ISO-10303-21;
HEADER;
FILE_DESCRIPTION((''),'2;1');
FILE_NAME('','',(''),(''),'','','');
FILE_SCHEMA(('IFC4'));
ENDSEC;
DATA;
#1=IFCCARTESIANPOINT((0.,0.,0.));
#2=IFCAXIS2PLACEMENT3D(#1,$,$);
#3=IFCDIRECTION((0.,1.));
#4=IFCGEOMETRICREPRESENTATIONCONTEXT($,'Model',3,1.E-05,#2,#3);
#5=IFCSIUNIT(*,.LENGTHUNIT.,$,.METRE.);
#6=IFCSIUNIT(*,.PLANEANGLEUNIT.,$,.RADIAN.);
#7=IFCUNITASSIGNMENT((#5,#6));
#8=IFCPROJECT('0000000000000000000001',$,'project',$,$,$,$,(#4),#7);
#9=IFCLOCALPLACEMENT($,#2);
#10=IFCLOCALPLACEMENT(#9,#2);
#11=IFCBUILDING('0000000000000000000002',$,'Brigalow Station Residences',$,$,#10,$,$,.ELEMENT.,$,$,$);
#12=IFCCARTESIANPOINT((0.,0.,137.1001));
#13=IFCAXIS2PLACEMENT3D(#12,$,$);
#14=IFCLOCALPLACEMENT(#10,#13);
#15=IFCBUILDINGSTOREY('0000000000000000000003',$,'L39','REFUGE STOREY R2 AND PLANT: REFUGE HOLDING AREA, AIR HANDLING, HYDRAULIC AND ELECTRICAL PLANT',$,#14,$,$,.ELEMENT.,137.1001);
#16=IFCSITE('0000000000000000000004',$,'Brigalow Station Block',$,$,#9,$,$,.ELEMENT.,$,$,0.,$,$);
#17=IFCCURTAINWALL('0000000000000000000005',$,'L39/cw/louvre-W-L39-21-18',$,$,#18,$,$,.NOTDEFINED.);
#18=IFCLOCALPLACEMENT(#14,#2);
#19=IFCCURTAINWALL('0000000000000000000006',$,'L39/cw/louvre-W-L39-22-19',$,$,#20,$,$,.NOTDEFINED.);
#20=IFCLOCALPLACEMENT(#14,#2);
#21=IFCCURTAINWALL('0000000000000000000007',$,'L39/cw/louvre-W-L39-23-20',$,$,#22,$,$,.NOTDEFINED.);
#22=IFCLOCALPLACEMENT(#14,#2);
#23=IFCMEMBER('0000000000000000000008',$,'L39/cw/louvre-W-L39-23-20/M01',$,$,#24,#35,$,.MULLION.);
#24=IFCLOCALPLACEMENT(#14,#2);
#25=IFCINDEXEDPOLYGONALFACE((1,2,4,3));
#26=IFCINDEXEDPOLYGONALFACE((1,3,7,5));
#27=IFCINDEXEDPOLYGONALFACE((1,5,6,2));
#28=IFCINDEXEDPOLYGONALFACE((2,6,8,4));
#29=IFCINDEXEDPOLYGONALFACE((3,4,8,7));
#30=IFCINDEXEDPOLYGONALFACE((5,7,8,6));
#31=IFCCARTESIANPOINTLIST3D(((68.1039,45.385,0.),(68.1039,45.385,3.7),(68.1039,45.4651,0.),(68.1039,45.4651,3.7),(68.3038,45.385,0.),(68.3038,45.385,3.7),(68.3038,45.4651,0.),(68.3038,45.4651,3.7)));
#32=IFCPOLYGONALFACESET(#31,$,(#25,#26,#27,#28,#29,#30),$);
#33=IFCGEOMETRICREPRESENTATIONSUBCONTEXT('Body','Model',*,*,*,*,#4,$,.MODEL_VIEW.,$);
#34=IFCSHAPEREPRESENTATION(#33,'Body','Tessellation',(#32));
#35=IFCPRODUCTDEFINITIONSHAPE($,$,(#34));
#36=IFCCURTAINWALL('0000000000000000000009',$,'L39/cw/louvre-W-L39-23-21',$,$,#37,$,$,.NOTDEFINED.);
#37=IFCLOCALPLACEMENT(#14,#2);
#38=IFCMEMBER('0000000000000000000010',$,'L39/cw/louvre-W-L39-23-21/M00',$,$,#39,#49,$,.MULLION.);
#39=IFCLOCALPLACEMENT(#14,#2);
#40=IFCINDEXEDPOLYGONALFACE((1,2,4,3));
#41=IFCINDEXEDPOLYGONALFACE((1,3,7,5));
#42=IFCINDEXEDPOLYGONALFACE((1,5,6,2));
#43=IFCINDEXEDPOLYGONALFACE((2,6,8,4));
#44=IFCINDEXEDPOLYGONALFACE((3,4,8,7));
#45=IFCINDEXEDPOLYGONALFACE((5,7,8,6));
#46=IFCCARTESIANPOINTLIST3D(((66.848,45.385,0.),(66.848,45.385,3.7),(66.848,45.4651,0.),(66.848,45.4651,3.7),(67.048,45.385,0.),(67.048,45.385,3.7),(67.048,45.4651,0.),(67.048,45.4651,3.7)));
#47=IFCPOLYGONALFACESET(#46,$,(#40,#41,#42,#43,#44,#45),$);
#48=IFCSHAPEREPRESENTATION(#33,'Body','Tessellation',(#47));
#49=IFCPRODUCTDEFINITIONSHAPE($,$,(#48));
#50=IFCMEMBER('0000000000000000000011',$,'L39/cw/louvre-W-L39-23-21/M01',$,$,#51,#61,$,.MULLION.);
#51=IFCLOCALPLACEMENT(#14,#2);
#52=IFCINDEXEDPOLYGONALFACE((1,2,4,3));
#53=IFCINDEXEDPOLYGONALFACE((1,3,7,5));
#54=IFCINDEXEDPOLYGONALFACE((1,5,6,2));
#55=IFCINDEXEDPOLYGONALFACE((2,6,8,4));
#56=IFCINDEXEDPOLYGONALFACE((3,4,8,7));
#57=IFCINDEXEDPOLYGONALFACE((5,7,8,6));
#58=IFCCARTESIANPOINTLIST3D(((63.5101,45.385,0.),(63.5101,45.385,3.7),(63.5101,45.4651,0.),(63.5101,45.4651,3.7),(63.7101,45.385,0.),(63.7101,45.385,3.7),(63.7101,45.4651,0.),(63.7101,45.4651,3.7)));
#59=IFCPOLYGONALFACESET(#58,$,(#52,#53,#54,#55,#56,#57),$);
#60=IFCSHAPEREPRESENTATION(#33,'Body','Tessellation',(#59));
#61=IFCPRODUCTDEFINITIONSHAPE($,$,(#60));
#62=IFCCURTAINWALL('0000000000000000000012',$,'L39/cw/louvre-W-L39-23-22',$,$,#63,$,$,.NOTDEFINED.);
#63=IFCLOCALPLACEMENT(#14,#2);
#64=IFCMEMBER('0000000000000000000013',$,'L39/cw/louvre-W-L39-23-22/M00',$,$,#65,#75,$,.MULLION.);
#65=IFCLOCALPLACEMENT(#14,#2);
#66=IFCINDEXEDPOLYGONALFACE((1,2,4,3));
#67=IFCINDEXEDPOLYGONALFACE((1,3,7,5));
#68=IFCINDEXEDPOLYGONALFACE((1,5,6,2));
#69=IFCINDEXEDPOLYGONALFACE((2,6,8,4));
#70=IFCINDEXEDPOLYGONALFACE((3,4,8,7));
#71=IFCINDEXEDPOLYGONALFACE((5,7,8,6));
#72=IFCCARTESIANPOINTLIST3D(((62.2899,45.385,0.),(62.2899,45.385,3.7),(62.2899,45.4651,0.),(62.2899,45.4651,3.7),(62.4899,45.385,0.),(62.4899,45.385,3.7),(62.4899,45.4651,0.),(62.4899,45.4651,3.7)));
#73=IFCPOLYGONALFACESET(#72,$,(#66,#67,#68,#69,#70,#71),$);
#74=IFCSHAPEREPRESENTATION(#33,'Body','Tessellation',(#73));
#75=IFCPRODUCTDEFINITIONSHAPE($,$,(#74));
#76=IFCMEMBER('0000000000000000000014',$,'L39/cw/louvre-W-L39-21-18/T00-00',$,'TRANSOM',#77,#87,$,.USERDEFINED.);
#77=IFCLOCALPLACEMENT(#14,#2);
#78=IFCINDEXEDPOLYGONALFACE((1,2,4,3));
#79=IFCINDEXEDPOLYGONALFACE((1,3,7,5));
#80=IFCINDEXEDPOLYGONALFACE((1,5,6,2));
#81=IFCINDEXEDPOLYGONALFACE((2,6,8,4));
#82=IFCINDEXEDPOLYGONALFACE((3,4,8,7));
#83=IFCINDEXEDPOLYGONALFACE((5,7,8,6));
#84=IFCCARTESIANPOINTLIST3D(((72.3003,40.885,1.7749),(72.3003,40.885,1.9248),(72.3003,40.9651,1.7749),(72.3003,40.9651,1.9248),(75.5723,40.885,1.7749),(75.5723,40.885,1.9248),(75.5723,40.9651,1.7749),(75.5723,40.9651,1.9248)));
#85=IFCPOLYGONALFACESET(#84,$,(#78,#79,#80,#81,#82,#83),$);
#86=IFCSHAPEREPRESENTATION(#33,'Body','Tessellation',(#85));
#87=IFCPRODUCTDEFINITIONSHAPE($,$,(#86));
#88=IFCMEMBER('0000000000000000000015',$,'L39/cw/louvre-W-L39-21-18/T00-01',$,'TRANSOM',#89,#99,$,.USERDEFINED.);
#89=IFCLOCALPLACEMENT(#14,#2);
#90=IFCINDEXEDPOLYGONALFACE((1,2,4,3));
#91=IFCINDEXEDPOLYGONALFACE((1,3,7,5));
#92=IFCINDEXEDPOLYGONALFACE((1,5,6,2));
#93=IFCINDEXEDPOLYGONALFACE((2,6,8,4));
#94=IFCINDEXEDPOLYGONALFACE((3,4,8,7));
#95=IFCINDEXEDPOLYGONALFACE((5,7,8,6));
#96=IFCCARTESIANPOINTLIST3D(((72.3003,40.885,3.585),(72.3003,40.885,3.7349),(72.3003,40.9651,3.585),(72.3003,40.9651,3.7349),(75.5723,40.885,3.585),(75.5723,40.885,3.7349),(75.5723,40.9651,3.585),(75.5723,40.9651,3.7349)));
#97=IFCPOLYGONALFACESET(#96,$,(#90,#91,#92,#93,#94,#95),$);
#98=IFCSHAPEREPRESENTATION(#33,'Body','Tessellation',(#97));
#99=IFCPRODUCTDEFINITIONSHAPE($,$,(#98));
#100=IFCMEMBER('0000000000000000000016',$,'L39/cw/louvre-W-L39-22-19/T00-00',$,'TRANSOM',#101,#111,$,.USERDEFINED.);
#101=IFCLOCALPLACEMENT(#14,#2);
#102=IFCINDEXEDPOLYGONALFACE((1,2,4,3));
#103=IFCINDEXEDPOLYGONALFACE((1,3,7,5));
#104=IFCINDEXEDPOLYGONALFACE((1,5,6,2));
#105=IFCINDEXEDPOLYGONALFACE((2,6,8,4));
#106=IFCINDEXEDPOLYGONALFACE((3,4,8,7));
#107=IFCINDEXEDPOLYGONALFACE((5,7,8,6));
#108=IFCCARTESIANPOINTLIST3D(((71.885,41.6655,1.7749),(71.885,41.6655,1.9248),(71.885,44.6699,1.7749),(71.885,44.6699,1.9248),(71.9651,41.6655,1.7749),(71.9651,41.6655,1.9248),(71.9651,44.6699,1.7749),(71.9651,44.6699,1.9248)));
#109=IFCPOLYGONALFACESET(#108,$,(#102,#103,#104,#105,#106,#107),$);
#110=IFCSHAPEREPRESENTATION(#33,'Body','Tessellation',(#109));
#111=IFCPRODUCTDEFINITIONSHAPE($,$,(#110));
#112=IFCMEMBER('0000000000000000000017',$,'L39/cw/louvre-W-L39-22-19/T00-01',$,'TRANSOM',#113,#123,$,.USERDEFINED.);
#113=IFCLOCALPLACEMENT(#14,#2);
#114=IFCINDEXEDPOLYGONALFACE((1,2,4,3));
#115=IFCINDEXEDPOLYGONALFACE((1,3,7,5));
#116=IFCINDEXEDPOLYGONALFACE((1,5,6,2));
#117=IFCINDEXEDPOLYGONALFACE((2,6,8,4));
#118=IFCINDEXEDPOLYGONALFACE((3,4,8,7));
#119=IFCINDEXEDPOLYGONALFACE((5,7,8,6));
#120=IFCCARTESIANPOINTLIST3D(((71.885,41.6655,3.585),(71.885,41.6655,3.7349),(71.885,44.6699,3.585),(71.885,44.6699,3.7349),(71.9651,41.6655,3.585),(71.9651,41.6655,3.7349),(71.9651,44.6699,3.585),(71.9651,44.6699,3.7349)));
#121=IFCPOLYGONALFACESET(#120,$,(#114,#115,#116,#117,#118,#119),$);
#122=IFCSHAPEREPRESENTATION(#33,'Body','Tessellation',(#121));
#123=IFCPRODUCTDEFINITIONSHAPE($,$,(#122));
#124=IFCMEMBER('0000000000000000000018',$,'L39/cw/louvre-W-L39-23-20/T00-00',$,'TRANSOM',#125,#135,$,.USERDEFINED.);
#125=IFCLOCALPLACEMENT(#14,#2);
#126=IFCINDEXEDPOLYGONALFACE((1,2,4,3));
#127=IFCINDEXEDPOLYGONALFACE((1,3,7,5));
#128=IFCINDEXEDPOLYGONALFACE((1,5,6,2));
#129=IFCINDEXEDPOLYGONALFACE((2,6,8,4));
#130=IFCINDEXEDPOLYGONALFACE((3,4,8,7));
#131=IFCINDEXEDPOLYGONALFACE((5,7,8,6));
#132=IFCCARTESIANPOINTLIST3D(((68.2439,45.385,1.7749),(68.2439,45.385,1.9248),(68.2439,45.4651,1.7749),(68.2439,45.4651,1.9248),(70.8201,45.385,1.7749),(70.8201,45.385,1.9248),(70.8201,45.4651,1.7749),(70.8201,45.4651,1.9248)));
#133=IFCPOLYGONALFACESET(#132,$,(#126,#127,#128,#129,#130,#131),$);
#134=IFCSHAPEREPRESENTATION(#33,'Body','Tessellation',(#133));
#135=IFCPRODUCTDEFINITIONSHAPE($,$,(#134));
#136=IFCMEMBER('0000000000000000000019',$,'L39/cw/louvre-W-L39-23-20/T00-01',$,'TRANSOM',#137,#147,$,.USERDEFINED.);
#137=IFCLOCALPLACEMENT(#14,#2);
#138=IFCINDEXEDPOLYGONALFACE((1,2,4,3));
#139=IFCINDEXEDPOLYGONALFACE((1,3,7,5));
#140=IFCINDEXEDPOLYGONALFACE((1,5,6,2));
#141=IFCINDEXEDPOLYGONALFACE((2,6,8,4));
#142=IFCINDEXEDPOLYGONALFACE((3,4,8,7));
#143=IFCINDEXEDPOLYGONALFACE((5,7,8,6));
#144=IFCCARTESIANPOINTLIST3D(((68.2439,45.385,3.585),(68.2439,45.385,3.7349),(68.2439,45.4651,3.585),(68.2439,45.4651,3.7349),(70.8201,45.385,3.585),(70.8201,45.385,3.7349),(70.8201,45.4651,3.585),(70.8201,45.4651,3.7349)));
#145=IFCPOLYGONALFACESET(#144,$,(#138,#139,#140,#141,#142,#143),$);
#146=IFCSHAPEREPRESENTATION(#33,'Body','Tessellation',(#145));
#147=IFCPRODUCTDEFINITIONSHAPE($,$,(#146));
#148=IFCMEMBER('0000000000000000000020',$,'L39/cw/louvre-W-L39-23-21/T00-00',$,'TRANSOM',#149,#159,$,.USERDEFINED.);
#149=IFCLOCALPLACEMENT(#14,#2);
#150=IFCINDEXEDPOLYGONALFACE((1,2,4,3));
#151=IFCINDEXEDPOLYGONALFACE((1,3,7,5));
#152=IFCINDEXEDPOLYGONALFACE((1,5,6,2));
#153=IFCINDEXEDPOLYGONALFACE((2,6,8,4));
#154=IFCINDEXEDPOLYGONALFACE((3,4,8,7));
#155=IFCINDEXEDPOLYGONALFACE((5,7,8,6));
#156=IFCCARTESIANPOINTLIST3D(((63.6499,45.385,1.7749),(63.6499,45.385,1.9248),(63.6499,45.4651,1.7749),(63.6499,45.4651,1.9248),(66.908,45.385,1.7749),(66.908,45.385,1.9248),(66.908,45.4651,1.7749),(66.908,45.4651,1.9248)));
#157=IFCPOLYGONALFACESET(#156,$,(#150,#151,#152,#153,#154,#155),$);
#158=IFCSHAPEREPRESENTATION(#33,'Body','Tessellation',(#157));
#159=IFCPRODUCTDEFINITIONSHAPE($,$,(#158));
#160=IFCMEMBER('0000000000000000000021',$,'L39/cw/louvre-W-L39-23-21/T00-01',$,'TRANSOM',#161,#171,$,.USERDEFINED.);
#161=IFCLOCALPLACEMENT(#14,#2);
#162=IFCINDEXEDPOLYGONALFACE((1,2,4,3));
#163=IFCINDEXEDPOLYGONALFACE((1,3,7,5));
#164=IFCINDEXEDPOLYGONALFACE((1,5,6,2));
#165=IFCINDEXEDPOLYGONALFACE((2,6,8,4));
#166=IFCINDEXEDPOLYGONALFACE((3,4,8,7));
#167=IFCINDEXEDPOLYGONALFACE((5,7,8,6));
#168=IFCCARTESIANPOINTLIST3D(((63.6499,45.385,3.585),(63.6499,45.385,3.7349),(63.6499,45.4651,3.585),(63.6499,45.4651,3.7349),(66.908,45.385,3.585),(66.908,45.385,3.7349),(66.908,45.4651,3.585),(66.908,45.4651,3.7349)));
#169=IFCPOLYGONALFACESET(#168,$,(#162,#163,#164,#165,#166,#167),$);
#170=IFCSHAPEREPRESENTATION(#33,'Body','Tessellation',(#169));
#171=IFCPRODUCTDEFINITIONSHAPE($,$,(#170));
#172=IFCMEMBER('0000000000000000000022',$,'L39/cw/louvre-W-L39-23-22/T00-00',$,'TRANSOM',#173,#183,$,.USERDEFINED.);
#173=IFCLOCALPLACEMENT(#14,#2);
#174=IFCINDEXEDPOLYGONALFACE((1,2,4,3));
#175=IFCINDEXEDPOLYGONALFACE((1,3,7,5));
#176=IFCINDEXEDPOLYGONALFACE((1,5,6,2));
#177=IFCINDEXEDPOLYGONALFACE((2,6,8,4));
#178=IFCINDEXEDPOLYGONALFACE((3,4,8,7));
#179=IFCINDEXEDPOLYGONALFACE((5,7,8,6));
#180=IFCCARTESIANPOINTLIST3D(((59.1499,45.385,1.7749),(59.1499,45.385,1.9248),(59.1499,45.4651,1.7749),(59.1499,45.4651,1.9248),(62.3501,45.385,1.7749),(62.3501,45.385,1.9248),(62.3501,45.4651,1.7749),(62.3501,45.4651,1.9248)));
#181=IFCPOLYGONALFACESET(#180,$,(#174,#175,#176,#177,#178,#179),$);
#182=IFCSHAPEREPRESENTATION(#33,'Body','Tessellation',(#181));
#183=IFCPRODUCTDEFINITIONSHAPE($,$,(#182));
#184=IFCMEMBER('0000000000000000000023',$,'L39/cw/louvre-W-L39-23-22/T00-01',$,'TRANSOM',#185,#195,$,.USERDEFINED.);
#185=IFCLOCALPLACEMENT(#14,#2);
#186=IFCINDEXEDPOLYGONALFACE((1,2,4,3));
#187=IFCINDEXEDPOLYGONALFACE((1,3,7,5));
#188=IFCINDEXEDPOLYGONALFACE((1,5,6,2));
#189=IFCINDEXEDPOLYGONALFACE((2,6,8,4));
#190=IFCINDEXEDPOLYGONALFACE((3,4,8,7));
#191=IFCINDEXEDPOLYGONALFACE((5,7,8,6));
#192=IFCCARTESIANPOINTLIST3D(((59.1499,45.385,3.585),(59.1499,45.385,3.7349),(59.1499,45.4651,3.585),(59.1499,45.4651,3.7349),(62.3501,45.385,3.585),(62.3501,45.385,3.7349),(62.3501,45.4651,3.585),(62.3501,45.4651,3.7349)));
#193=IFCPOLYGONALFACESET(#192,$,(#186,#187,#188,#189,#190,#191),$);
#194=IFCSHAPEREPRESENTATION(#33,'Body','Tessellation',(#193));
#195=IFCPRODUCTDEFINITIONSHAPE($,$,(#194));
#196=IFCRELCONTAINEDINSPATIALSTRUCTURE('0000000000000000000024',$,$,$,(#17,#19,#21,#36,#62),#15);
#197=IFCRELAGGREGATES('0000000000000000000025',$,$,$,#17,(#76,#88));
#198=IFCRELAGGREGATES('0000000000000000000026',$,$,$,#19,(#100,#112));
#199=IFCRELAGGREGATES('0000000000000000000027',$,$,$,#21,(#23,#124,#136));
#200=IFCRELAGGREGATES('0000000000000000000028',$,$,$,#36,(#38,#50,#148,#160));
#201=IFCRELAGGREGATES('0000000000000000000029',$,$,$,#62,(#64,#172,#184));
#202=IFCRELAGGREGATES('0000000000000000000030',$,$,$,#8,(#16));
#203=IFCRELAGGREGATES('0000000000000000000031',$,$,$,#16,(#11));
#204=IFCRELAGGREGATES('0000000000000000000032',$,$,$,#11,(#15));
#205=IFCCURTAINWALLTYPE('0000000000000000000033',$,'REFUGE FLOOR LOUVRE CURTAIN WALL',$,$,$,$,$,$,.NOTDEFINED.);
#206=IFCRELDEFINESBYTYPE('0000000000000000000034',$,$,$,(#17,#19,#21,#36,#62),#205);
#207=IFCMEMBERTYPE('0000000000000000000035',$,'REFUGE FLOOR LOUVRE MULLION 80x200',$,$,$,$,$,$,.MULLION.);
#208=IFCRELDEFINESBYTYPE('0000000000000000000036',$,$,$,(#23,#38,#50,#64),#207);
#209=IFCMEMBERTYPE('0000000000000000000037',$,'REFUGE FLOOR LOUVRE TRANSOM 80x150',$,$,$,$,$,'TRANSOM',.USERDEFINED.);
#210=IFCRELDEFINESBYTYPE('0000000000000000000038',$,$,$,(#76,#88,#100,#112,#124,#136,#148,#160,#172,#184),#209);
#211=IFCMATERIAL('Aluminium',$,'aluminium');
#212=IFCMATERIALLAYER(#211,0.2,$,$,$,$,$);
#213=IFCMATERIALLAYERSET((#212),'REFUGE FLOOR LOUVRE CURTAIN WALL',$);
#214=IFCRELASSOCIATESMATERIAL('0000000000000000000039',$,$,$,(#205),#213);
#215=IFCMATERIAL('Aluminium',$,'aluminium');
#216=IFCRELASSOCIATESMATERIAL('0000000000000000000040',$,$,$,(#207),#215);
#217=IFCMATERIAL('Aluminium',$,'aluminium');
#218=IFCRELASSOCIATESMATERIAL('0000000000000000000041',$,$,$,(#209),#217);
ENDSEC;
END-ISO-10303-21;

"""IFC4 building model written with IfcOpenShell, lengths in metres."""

from ifc_helpers import new_model, si_unit, direction, frame, origin, origin_2d, place, context, subcontext, project, spatial, rectangle, extrude, material, layer, layer_set, material_profile, profile_set, type_object, element, aggregate, save


model = new_model("IFC4")

# Units and contexts
model_context = context("Model", 3, precision=1e-05, world=origin(), true_north=direction((0.0, 1.0)))
body_context = subcontext(model_context, "Body", "Model", "MODEL_VIEW")
ifc_project = project(units=[si_unit("LENGTHUNIT", "METRE"), si_unit("PLANEANGLEUNIT", "RADIAN")], contexts=[model_context])

# Site, building, storey
site_placement = place(None, origin())
site = spatial("IfcSite", under=ifc_project, at=site_placement, Name="Brigalow Station Block", CompositionType="ELEMENT", RefElevation=0.0)
building_placement = place(site_placement, origin())
building = spatial("IfcBuilding", under=site, at=building_placement, Name="Brigalow Station Residences", CompositionType="ELEMENT")
storey_placement = place(building_placement, frame((0.0, 0.0, 137.1001)))
storey = spatial("IfcBuildingStorey", under=building, at=storey_placement, Name="L39", Description="REFUGE STOREY R2 AND PLANT: REFUGE HOLDING AREA, AIR HANDLING, HYDRAULIC AND ELECTRICAL PLANT", CompositionType="ELEMENT", Elevation=137.1001)

# Shared definitions
ifc_material_1 = material(Name="Aluminium", Category="aluminium")
ifc_layer_1 = layer(ifc_material_1, 0.2)
ifc_layer_set_1 = layer_set([ifc_layer_1], Name="REFUGE FLOOR LOUVRE CURTAIN WALL")
curtain_wall_type = type_object("IfcCurtainWallType", Name="REFUGE FLOOR LOUVRE CURTAIN WALL", PredefinedType="NOTDEFINED", material=ifc_layer_set_1)
ifc_material_2 = material(Name="Aluminium", Category="aluminium")
ifc_material_profile_1 = material_profile(ifc_material_2, rectangle(XDim=0.0801, YDim=0.2, at=origin_2d()), Name="REFUGE FLOOR LOUVRE MULLION 80x200")
ifc_profile_set_1 = profile_set([ifc_material_profile_1], Name="Aluminium")
member_type_1 = type_object("IfcMemberType", Name="REFUGE FLOOR LOUVRE MULLION 80x200", PredefinedType="MULLION", material=ifc_profile_set_1)

# Curtain walls, members
curtain_wall_1_placement = place(storey_placement, origin())
curtain_wall_1 = element("IfcCurtainWall", 1, at=curtain_wall_1_placement, inside=storey, type_object=curtain_wall_type, Name="L39/cw/louvre-W-L39-21-18", PredefinedType="NOTDEFINED")
curtain_wall_2_placement = place(storey_placement, origin())
curtain_wall_2 = element("IfcCurtainWall", 2, at=curtain_wall_2_placement, inside=storey, type_object=curtain_wall_type, Name="L39/cw/louvre-W-L39-22-19", PredefinedType="NOTDEFINED")
curtain_wall_3_placement = place(storey_placement, origin())
curtain_wall_3 = element("IfcCurtainWall", 3, at=curtain_wall_3_placement, inside=storey, type_object=curtain_wall_type, Name="L39/cw/louvre-W-L39-23-20", PredefinedType="NOTDEFINED")
member_1_placement = place(storey_placement, frame((68.2039, 45.425, 0.0), z_axis=(0.0, 0.0, 1.0), x_axis=(0.0, -1.0, 0.0)))
member_1 = element("IfcMember", 4, at=member_1_placement, type_object=member_type_1, Name="L39/cw/louvre-W-L39-23-20/M01", PredefinedType="MULLION", context=body_context, shape_type="SweptSolid", body=[
    extrude(rectangle(XDim=0.0801, YDim=0.2, at=origin_2d()), origin(), (0.0, 0.0, 1.0), 3.7),
])
curtain_wall_4_placement = place(storey_placement, origin())
curtain_wall_4 = element("IfcCurtainWall", 5, at=curtain_wall_4_placement, inside=storey, type_object=curtain_wall_type, Name="L39/cw/louvre-W-L39-23-21", PredefinedType="NOTDEFINED")
member_2_placement = place(storey_placement, frame((66.948, 45.425, 0.0), z_axis=(0.0, 0.0, 1.0), x_axis=(0.0, -1.0, 0.0)))
member_2 = element("IfcMember", 6, at=member_2_placement, type_object=member_type_1, Name="L39/cw/louvre-W-L39-23-21/M00", PredefinedType="MULLION", context=body_context, shape_type="SweptSolid", body=[
    extrude(rectangle(XDim=0.0801, YDim=0.2, at=origin_2d()), origin(), (0.0, 0.0, 1.0), 3.7),
])
member_3_placement = place(storey_placement, frame((63.6101, 45.425, 0.0), z_axis=(0.0, 0.0, 1.0), x_axis=(0.0, -1.0, 0.0)))
member_3 = element("IfcMember", 7, at=member_3_placement, type_object=member_type_1, Name="L39/cw/louvre-W-L39-23-21/M01", PredefinedType="MULLION", context=body_context, shape_type="SweptSolid", body=[
    extrude(rectangle(XDim=0.0801, YDim=0.2, at=origin_2d()), origin(), (0.0, 0.0, 1.0), 3.7),
])

# Curtain wall, member
curtain_wall_5_placement = place(storey_placement, origin())
curtain_wall_5 = element("IfcCurtainWall", 8, at=curtain_wall_5_placement, inside=storey, type_object=curtain_wall_type, Name="L39/cw/louvre-W-L39-23-22", PredefinedType="NOTDEFINED")
member_4_placement = place(storey_placement, frame((62.3899, 45.425, 0.0), z_axis=(0.0, 0.0, 1.0), x_axis=(0.0, -1.0, 0.0)))
member_4 = element("IfcMember", 9, at=member_4_placement, type_object=member_type_1, Name="L39/cw/louvre-W-L39-23-22/M00", PredefinedType="MULLION", context=body_context, shape_type="SweptSolid", body=[
    extrude(rectangle(XDim=0.0801, YDim=0.2, at=origin_2d()), origin(), (0.0, 0.0, 1.0), 3.7),
])

# Members
ifc_material_3 = material(Name="Aluminium", Category="aluminium")
ifc_material_profile_2 = material_profile(ifc_material_3, rectangle(XDim=0.0801, YDim=0.1499, at=origin_2d()), Name="REFUGE FLOOR LOUVRE TRANSOM 80x150")
ifc_profile_set_2 = profile_set([ifc_material_profile_2], Name="Aluminium")
member_type_2 = type_object("IfcMemberType", Name="REFUGE FLOOR LOUVRE TRANSOM 80x150", ElementType="TRANSOM", PredefinedType="USERDEFINED", material=ifc_profile_set_2)
member_5_placement = place(storey_placement, frame((75.5723, 40.925, 1.8499), z_axis=(-1.0, 0.0, 0.0), x_axis=(0.0, -1.0, 0.0)))
member_5 = element("IfcMember", 10, at=member_5_placement, type_object=member_type_2, Name="L39/cw/louvre-W-L39-21-18/T00-00", ObjectType="TRANSOM", PredefinedType="USERDEFINED", context=body_context, shape_type="SweptSolid", body=[
    extrude(rectangle(XDim=0.0801, YDim=0.1499, at=origin_2d()), origin(), (0.0, 0.0, 1.0), 3.272),
])
member_6_placement = place(storey_placement, frame((75.5723, 40.925, 3.6599), z_axis=(-1.0, 0.0, 0.0), x_axis=(0.0, -1.0, 0.0)))
member_6 = element("IfcMember", 11, at=member_6_placement, type_object=member_type_2, Name="L39/cw/louvre-W-L39-21-18/T00-01", ObjectType="TRANSOM", PredefinedType="USERDEFINED", context=body_context, shape_type="SweptSolid", body=[
    extrude(rectangle(XDim=0.0801, YDim=0.1499, at=origin_2d()), origin(), (0.0, 0.0, 1.0), 3.272),
])
member_7_placement = place(storey_placement, frame((71.925, 41.6655, 1.8499), z_axis=(0.0, 1.0, 0.0), x_axis=(-1.0, 0.0, 0.0)))
member_7 = element("IfcMember", 12, at=member_7_placement, type_object=member_type_2, Name="L39/cw/louvre-W-L39-22-19/T00-00", ObjectType="TRANSOM", PredefinedType="USERDEFINED", context=body_context, shape_type="SweptSolid", body=[
    extrude(rectangle(XDim=0.0801, YDim=0.1499, at=origin_2d()), origin(), (0.0, 0.0, 1.0), 3.0044),
])
member_8_placement = place(storey_placement, frame((71.925, 41.6655, 3.6599), z_axis=(0.0, 1.0, 0.0), x_axis=(-1.0, 0.0, 0.0)))
member_8 = element("IfcMember", 13, at=member_8_placement, type_object=member_type_2, Name="L39/cw/louvre-W-L39-22-19/T00-01", ObjectType="TRANSOM", PredefinedType="USERDEFINED", context=body_context, shape_type="SweptSolid", body=[
    extrude(rectangle(XDim=0.0801, YDim=0.1499, at=origin_2d()), origin(), (0.0, 0.0, 1.0), 3.0044),
])
member_9_placement = place(storey_placement, frame((70.8201, 45.425, 1.8499), z_axis=(-1.0, 0.0, 0.0), x_axis=(0.0, -1.0, 0.0)))
member_9 = element("IfcMember", 14, at=member_9_placement, type_object=member_type_2, Name="L39/cw/louvre-W-L39-23-20/T00-00", ObjectType="TRANSOM", PredefinedType="USERDEFINED", context=body_context, shape_type="SweptSolid", body=[
    extrude(rectangle(XDim=0.0801, YDim=0.1499, at=origin_2d()), origin(), (0.0, 0.0, 1.0), 2.5762),
])
member_10_placement = place(storey_placement, frame((70.8201, 45.425, 3.6599), z_axis=(-1.0, 0.0, 0.0), x_axis=(0.0, -1.0, 0.0)))
member_10 = element("IfcMember", 15, at=member_10_placement, type_object=member_type_2, Name="L39/cw/louvre-W-L39-23-20/T00-01", ObjectType="TRANSOM", PredefinedType="USERDEFINED", context=body_context, shape_type="SweptSolid", body=[
    extrude(rectangle(XDim=0.0801, YDim=0.1499, at=origin_2d()), origin(), (0.0, 0.0, 1.0), 2.5762),
])
member_11_placement = place(storey_placement, frame((66.908, 45.425, 1.8499), z_axis=(-1.0, 0.0, 0.0), x_axis=(0.0, -1.0, 0.0)))
member_11 = element("IfcMember", 16, at=member_11_placement, type_object=member_type_2, Name="L39/cw/louvre-W-L39-23-21/T00-00", ObjectType="TRANSOM", PredefinedType="USERDEFINED", context=body_context, shape_type="SweptSolid", body=[
    extrude(rectangle(XDim=0.0801, YDim=0.1499, at=origin_2d()), origin(), (0.0, 0.0, 1.0), 3.2581),
])
member_12_placement = place(storey_placement, frame((66.908, 45.425, 3.6599), z_axis=(-1.0, 0.0, 0.0), x_axis=(0.0, -1.0, 0.0)))
member_12 = element("IfcMember", 17, at=member_12_placement, type_object=member_type_2, Name="L39/cw/louvre-W-L39-23-21/T00-01", ObjectType="TRANSOM", PredefinedType="USERDEFINED", context=body_context, shape_type="SweptSolid", body=[
    extrude(rectangle(XDim=0.0801, YDim=0.1499, at=origin_2d()), origin(), (0.0, 0.0, 1.0), 3.2581),
])
member_13_placement = place(storey_placement, frame((62.3501, 45.425, 1.8499), z_axis=(-1.0, 0.0, 0.0), x_axis=(0.0, -1.0, 0.0)))
member_13 = element("IfcMember", 18, at=member_13_placement, type_object=member_type_2, Name="L39/cw/louvre-W-L39-23-22/T00-00", ObjectType="TRANSOM", PredefinedType="USERDEFINED", context=body_context, shape_type="SweptSolid", body=[
    extrude(rectangle(XDim=0.0801, YDim=0.1499, at=origin_2d()), origin(), (0.0, 0.0, 1.0), 3.2002),
])
member_14_placement = place(storey_placement, frame((62.3501, 45.425, 3.6599), z_axis=(-1.0, 0.0, 0.0), x_axis=(0.0, -1.0, 0.0)))
member_14 = element("IfcMember", 19, at=member_14_placement, type_object=member_type_2, Name="L39/cw/louvre-W-L39-23-22/T00-01", ObjectType="TRANSOM", PredefinedType="USERDEFINED", context=body_context, shape_type="SweptSolid", body=[
    extrude(rectangle(XDim=0.0801, YDim=0.1499, at=origin_2d()), origin(), (0.0, 0.0, 1.0), 3.2002),
])

aggregate(curtain_wall_1, [member_5, member_6])
aggregate(curtain_wall_2, [member_7, member_8])
aggregate(curtain_wall_3, [member_1, member_9, member_10])
aggregate(curtain_wall_4, [member_2, member_3, member_11, member_12])
aggregate(curtain_wall_5, [member_4, member_13, member_14])

save(model, "model.ifc")
